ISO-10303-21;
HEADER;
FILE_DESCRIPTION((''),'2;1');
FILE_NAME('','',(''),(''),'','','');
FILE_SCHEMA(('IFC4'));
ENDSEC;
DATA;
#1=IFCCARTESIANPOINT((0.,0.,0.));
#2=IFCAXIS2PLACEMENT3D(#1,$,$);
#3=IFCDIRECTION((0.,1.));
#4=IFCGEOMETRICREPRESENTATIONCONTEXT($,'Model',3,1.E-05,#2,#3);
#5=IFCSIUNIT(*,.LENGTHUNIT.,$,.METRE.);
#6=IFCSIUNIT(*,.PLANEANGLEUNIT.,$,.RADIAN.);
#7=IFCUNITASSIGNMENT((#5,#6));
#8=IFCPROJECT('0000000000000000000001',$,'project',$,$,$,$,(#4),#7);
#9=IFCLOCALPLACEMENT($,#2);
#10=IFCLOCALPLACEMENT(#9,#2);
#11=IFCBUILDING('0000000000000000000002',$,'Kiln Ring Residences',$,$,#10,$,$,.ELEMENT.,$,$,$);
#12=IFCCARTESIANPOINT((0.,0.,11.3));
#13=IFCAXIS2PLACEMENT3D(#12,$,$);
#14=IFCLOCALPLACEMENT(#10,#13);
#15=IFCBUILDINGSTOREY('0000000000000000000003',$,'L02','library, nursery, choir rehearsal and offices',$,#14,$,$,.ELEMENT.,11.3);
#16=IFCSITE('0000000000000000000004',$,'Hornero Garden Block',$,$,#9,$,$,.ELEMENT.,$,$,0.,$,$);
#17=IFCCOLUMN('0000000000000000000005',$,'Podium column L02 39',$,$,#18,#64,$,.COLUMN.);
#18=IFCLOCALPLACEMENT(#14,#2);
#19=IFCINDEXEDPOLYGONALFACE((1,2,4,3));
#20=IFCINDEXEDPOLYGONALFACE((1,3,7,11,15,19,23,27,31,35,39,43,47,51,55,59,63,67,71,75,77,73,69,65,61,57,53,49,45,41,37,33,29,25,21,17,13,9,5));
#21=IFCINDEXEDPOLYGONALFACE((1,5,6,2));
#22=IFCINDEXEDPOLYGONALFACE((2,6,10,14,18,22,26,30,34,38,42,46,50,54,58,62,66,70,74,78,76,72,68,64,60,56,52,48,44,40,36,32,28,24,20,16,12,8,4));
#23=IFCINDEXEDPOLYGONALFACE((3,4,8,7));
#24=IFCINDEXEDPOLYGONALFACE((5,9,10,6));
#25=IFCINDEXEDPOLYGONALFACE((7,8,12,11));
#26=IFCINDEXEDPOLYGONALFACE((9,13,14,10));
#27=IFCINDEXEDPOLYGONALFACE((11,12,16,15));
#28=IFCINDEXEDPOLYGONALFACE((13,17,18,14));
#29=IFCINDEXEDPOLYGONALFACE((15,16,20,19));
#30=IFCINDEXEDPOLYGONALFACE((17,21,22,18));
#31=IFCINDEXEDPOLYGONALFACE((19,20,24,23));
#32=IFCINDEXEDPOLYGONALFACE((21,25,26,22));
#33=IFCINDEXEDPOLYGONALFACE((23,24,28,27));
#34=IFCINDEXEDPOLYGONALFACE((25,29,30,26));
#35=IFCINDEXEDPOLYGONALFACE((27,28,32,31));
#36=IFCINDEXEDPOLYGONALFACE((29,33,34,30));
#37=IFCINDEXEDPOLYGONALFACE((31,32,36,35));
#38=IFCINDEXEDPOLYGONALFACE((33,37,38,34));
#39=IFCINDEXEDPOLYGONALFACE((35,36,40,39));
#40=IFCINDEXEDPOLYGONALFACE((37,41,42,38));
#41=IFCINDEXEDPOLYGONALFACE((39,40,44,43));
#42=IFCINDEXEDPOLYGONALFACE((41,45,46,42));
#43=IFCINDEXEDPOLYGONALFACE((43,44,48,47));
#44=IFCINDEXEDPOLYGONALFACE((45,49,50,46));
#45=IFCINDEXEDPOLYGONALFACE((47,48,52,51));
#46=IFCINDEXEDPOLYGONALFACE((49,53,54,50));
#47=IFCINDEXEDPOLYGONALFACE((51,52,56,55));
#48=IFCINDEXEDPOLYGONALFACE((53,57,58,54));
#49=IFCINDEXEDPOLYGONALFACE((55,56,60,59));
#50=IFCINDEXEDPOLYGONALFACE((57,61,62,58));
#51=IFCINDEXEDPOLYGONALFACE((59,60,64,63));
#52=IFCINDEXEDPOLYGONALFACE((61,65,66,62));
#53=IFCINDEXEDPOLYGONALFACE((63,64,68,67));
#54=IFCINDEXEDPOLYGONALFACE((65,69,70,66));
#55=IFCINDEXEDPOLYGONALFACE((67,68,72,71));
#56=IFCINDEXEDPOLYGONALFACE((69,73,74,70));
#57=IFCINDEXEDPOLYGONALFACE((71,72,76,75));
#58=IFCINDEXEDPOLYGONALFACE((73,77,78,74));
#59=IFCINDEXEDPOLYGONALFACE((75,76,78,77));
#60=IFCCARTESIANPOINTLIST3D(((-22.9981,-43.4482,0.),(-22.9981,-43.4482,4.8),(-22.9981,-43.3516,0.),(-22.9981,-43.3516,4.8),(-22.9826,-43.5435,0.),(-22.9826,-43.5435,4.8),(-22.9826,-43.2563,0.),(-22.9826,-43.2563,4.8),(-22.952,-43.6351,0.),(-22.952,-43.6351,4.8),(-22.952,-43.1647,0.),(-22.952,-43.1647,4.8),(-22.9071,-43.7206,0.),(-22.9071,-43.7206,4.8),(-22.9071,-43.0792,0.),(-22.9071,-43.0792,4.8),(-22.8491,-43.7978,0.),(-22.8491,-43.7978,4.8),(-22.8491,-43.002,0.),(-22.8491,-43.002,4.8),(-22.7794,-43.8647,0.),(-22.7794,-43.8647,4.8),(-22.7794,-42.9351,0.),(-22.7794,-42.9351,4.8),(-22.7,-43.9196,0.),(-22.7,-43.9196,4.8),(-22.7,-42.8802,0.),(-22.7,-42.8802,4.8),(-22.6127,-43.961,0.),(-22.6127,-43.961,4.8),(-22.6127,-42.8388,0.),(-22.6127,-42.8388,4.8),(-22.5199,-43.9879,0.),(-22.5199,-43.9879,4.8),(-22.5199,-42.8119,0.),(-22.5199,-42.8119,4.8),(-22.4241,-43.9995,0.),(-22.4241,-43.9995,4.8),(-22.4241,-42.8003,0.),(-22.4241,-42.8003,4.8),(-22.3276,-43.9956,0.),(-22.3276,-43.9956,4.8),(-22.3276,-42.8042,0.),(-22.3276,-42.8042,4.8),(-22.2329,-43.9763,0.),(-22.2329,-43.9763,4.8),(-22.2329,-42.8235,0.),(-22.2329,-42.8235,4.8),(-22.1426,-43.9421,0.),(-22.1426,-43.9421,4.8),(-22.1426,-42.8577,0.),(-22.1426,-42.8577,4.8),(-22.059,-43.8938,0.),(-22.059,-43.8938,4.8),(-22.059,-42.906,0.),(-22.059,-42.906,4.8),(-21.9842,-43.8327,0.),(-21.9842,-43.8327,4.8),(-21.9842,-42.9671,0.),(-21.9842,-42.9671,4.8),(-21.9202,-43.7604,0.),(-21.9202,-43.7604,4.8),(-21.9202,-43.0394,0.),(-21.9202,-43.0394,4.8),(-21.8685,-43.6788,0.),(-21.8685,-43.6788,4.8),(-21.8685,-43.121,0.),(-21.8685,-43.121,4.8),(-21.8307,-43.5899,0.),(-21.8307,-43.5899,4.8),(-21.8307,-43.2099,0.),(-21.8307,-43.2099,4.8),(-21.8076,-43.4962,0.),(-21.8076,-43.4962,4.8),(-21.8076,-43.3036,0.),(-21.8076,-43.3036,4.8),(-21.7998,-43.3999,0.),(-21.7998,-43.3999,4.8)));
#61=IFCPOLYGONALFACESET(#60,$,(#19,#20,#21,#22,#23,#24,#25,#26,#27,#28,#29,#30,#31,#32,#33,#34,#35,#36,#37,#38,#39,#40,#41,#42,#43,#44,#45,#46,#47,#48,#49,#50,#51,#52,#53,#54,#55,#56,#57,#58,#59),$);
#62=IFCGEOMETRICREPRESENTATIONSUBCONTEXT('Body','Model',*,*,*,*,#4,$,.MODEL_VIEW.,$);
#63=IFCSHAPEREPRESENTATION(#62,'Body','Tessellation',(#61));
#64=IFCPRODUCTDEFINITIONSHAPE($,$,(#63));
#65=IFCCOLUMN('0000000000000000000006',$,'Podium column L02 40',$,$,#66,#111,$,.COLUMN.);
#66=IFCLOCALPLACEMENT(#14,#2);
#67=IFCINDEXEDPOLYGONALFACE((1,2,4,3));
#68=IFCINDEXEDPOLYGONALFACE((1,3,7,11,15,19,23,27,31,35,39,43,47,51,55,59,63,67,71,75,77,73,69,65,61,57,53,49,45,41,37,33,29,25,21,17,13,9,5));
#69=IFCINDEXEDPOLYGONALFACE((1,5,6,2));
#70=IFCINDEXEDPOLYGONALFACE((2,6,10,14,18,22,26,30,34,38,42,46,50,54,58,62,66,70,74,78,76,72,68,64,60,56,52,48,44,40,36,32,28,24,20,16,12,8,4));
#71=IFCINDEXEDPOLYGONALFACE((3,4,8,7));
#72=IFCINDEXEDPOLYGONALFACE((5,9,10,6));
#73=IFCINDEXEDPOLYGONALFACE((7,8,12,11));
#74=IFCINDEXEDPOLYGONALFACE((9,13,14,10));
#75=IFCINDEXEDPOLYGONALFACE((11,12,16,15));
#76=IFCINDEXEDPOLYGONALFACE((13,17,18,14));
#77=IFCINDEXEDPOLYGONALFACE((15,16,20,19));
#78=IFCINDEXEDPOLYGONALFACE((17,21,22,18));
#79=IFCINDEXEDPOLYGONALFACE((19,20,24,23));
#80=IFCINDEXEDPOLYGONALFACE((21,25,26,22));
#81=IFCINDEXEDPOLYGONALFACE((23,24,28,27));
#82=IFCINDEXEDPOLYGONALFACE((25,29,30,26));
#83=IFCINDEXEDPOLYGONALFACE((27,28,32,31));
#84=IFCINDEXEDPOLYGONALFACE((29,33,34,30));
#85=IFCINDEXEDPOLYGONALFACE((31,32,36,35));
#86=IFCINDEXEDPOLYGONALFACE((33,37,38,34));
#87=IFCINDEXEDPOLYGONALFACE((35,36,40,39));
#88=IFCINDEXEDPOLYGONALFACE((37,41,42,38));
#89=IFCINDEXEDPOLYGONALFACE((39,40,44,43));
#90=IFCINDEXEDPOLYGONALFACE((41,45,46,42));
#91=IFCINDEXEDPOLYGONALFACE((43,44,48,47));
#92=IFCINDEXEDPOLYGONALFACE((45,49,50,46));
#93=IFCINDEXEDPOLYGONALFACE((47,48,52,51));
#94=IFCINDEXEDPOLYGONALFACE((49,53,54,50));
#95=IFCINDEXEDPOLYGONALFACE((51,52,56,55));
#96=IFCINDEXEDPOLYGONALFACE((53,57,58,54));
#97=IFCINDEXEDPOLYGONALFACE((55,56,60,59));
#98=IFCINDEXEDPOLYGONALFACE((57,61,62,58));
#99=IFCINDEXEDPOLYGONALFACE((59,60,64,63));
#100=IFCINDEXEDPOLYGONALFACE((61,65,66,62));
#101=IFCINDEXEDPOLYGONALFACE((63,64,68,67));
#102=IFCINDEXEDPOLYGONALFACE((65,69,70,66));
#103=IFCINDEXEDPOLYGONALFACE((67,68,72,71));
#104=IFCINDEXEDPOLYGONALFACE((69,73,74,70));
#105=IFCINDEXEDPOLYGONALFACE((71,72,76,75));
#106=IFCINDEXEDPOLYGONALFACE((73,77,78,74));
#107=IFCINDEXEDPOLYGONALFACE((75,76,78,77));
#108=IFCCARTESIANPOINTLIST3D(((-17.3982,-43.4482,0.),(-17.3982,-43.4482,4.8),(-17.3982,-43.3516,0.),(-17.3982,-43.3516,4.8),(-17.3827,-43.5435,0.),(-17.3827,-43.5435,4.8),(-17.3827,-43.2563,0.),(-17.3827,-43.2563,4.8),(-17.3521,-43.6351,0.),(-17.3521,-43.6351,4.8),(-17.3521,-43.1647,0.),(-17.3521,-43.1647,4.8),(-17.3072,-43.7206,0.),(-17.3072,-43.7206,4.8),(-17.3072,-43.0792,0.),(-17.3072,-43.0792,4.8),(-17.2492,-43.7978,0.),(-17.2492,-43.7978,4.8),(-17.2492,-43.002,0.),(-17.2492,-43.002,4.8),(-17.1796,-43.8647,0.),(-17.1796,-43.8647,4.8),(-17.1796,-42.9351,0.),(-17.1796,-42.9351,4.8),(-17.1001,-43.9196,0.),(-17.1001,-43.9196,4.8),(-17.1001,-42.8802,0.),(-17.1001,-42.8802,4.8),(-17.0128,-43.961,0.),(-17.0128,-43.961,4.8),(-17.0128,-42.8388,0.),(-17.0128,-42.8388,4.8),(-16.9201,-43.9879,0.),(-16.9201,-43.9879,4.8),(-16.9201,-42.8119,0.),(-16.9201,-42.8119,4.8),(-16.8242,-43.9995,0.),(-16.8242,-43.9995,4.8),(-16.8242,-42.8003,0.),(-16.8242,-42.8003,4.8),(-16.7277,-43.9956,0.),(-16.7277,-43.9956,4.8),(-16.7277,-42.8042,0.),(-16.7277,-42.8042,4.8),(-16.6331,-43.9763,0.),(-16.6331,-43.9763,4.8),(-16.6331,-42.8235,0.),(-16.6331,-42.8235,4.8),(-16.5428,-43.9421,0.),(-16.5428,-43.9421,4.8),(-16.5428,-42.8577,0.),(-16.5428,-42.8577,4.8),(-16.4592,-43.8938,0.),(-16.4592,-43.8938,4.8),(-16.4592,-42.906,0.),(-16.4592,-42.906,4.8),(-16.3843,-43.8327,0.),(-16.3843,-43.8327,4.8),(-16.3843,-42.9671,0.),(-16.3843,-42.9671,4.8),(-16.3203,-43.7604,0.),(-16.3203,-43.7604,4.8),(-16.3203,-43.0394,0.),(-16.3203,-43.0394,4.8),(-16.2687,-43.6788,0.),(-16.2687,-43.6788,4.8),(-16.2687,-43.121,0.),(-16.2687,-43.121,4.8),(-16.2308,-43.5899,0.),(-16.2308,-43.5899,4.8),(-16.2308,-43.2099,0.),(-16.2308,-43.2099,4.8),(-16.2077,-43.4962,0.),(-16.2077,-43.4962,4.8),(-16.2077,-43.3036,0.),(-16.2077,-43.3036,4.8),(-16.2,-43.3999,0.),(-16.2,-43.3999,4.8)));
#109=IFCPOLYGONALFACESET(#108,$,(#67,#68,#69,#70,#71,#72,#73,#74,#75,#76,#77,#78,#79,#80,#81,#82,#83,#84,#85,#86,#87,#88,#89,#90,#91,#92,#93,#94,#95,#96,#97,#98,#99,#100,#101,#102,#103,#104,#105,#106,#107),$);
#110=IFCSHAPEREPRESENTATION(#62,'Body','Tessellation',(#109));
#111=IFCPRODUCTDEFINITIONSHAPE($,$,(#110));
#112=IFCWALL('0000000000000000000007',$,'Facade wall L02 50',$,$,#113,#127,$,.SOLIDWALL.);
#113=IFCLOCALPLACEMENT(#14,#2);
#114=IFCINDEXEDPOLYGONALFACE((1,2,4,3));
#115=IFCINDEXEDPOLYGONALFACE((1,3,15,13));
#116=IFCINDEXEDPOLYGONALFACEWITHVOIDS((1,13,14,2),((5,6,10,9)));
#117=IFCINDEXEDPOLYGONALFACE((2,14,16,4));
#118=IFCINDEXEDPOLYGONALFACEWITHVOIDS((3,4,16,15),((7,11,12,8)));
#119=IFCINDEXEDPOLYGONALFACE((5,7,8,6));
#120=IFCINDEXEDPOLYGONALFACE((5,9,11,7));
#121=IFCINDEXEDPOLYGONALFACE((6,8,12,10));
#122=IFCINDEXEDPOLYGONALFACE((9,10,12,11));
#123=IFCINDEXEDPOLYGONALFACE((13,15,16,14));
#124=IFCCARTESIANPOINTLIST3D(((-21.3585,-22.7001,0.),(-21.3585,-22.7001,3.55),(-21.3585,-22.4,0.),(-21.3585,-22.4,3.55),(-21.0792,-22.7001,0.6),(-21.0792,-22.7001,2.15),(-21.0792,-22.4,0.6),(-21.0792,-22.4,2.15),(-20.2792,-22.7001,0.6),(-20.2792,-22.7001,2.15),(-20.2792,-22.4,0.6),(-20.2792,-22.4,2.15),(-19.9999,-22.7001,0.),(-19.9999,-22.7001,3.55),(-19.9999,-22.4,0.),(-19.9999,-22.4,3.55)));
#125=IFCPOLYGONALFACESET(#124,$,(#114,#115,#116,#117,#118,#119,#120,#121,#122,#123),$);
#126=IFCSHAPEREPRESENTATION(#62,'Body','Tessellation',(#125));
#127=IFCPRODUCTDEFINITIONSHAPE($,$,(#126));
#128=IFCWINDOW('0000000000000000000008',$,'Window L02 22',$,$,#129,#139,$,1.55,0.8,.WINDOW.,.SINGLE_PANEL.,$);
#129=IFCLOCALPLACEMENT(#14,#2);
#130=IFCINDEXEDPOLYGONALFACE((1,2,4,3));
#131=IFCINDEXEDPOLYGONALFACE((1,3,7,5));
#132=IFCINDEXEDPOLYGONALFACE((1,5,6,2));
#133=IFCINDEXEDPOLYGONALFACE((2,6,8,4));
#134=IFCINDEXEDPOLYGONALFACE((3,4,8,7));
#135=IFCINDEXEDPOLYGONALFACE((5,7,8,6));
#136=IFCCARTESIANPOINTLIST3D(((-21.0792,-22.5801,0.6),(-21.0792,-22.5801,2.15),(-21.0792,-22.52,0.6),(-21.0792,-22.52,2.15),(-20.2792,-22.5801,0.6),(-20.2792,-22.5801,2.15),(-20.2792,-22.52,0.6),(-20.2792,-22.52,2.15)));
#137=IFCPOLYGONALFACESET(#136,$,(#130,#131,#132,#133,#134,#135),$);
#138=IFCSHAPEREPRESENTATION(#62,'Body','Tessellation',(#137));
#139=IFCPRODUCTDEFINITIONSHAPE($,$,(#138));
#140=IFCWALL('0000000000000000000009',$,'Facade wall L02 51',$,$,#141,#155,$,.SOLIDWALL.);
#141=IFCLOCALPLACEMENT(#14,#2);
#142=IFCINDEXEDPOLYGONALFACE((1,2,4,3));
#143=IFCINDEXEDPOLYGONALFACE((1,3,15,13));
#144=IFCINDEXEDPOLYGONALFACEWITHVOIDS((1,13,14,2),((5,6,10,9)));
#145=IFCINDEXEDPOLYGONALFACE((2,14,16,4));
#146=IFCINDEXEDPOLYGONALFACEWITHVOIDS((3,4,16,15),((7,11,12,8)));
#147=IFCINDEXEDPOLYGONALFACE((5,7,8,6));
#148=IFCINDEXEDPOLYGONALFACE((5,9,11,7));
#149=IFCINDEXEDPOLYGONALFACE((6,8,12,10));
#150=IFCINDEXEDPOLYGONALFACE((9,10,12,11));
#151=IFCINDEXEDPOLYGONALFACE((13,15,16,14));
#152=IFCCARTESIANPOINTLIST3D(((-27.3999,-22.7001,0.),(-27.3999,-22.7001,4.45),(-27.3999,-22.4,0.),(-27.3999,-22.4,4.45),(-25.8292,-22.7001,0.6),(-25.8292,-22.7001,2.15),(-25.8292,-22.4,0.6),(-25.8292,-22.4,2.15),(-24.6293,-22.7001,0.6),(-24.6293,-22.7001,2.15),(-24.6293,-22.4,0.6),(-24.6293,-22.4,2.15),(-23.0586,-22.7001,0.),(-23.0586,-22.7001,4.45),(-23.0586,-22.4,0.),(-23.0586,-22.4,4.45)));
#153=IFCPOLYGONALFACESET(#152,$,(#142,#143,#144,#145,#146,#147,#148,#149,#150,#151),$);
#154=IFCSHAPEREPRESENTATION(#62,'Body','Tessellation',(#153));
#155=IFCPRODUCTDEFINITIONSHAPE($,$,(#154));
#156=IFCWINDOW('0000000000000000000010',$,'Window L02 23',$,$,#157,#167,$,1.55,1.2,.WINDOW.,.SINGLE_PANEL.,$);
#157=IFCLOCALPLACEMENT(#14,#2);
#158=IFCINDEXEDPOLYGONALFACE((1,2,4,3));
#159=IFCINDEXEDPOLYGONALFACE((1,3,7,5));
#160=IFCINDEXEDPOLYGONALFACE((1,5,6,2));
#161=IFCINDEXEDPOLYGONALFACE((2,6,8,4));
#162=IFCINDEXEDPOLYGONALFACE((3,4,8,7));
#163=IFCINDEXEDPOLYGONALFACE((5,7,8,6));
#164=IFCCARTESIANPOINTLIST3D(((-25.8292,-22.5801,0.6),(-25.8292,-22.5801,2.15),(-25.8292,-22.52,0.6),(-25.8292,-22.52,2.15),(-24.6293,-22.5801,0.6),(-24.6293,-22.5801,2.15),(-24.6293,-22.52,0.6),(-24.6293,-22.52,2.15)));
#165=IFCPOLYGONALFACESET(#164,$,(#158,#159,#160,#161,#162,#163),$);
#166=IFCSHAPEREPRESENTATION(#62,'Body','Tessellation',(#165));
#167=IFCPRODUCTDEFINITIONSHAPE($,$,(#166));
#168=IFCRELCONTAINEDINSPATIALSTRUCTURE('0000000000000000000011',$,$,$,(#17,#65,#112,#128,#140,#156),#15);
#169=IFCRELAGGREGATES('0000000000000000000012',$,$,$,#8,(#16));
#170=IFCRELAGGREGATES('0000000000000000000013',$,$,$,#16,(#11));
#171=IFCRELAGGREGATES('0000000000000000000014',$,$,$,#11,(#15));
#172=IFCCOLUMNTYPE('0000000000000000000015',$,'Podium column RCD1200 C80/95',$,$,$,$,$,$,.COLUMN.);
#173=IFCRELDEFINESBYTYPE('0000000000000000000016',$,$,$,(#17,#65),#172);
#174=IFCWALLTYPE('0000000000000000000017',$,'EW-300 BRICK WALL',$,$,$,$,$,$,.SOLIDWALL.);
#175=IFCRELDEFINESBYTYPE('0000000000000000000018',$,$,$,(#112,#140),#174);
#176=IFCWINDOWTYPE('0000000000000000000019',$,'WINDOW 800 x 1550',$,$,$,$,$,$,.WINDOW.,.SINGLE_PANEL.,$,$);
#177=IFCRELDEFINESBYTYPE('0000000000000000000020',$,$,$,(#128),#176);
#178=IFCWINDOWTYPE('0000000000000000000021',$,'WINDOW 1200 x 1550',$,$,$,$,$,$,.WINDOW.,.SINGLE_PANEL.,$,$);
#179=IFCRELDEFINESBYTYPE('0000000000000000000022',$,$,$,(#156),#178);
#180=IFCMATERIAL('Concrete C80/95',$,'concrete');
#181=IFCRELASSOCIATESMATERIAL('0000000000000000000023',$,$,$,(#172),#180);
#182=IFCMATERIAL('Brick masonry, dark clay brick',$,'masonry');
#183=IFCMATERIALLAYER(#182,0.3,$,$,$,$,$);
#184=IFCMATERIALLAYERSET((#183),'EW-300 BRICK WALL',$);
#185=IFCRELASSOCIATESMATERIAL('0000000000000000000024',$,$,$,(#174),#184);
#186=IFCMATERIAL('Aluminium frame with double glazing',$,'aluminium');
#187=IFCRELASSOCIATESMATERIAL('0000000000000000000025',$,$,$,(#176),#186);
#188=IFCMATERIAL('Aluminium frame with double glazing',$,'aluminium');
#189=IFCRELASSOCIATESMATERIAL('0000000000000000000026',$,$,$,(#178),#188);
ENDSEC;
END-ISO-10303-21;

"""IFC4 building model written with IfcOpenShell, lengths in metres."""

from ifc_helpers import new_model, si_unit, direction, frame, frame_2d, origin, origin_2d, place, context, subcontext, project, spatial, rectangle, circle, extrude, material, layer, layer_set, material_profile, profile_set, type_object, element, fill, save


model = new_model("IFC4")

# Units and contexts
model_context = context("Model", 3, precision=1e-05, world=origin(), true_north=direction((0.0, 1.0)))
body_context = subcontext(model_context, "Body", "Model", "MODEL_VIEW")
ifc_project = project(units=[si_unit("LENGTHUNIT", "METRE"), si_unit("PLANEANGLEUNIT", "RADIAN")], contexts=[model_context])

# Site, building, storey
site_placement = place(None, origin())
site = spatial("IfcSite", under=ifc_project, at=site_placement, Name="Hornero Garden Block", CompositionType="ELEMENT", RefElevation=0.0)
building_placement = place(site_placement, origin())
building = spatial("IfcBuilding", under=site, at=building_placement, Name="Kiln Ring Residences", CompositionType="ELEMENT")
storey_placement = place(building_placement, frame((0.0, 0.0, 11.3)))
storey = spatial("IfcBuildingStorey", under=building, at=storey_placement, Name="L02", Description="library, nursery, choir rehearsal and offices", CompositionType="ELEMENT", Elevation=11.3)

# Columns
ifc_material_1 = material(Name="Concrete C80/95", Category="concrete")
ifc_material_profile_1 = material_profile(ifc_material_1, circle(Radius=0.6001, at=origin_2d()), Name="RCD1200")
ifc_profile_set_1 = profile_set([ifc_material_profile_1], Name="Concrete C80/95")
column_type_1 = type_object("IfcColumnType", Name="Podium column RCD1200 C80/95", PredefinedType="COLUMN", material=ifc_profile_set_1)
for number, where, z_axis, x_axis, name in (
    (1, (-22.3999, -43.3999, 0.0), (0.0, 0.0, 1.0), (1.0, 0.0, 0.0), "Podium column L02 39"),
    (2, (-16.8, -43.3999, 0.0), (0.0, 0.0, 1.0), (1.0, 0.0, 0.0), "Podium column L02 40"),
):
    element("IfcColumn", number, at=place(storey_placement, frame(where, z_axis=z_axis, x_axis=x_axis)), inside=storey, type_object=column_type_1, Name=name, PredefinedType="COLUMN", context=body_context, shape_type="SweptSolid", body=[
        extrude(circle(Radius=0.6001, at=origin_2d()), origin(), (0.0, 0.0, 1.0), 4.8),
    ])

# Walls, openings, windows
ifc_material_2 = material(Name="Brick masonry, dark clay brick", Category="masonry")
ifc_layer_1 = layer(ifc_material_2, 0.3)
ifc_layer_set_1 = layer_set([ifc_layer_1], Name="EW-300 BRICK WALL")
wall_type_1 = type_object("IfcWallType", Name="EW-300 BRICK WALL", PredefinedType="SOLIDWALL", material=ifc_layer_set_1)
wall_1_placement = place(storey_placement, frame((-20.0, -22.55, 0.0), z_axis=(0.0, 0.0, 1.0), x_axis=(-1.0, 0.0, 0.0)))
wall_1 = element("IfcWall", 3, at=wall_1_placement, inside=storey, type_object=wall_type_1, Name="Facade wall L02 50", PredefinedType="SOLIDWALL", context=body_context, shape_type="SweptSolid", body=[
    extrude(rectangle(XDim=1.3586, YDim=0.3, at=frame_2d((0.6792, 0.0))), origin(), (0.0, 0.0, 1.0), 3.55),
])
opening_1_placement = place(wall_1_placement, frame((0.2793, 0.0, 0.6001)))
opening_1 = element("IfcOpeningElement", 4, at=opening_1_placement, cuts=wall_1, PredefinedType="OPENING", context=body_context, shape_type="SweptSolid", body=[
    extrude(rectangle(XDim=0.8, YDim=1.55, at=frame_2d((0.3999, 0.7749))), frame((0.0, 0.1599, 0.0), z_axis=(0.0, -1.0, 0.0), x_axis=(1.0, 0.0, 0.0)), (0.0, 0.0, 1.0), 0.3201),
])
ifc_material_3 = material(Name="Aluminium frame with double glazing", Category="aluminium")
window_type_1 = type_object("IfcWindowType", Name="WINDOW 800 x 1550", PartitioningType="SINGLE_PANEL", PredefinedType="WINDOW", material=ifc_material_3)
window_1_placement = place(opening_1_placement, origin())
window_1 = element("IfcWindow", 5, at=window_1_placement, inside=storey, type_object=window_type_1, Name="Window L02 22", OverallHeight=1.55, OverallWidth=0.8, PartitioningType="SINGLE_PANEL", PredefinedType="WINDOW", context=body_context, shape_type="SweptSolid", body=[
    extrude(rectangle(XDim=0.8, YDim=1.55, at=frame_2d((0.3999, 0.7749))), frame((0.0, 0.03, 0.0), z_axis=(0.0, -1.0, 0.0), x_axis=(1.0, 0.0, 0.0)), (0.0, 0.0, 1.0), 0.0601),
])
fill(opening_1, window_1)
wall_2_placement = place(storey_placement, frame((-23.0586, -22.55, 0.0), z_axis=(0.0, 0.0, 1.0), x_axis=(-1.0, 0.0, 0.0)))
wall_2 = element("IfcWall", 6, at=wall_2_placement, inside=storey, type_object=wall_type_1, Name="Facade wall L02 51", PredefinedType="SOLIDWALL", context=body_context, shape_type="SweptSolid", body=[
    extrude(rectangle(XDim=4.3413, YDim=0.3, at=frame_2d((2.1707, 0.0))), origin(), (0.0, 0.0, 1.0), 4.45),
])
opening_2_placement = place(wall_2_placement, frame((1.5706, 0.0, 0.6001)))
opening_2 = element("IfcOpeningElement", 7, at=opening_2_placement, cuts=wall_2, PredefinedType="OPENING", context=body_context, shape_type="SweptSolid", body=[
    extrude(rectangle(XDim=1.2, YDim=1.55, at=frame_2d((0.6001, 0.7749))), frame((0.0, 0.1599, 0.0), z_axis=(0.0, -1.0, 0.0), x_axis=(1.0, 0.0, 0.0)), (0.0, 0.0, 1.0), 0.3201),
])
ifc_material_4 = material(Name="Aluminium frame with double glazing", Category="aluminium")
window_type_2 = type_object("IfcWindowType", Name="WINDOW 1200 x 1550", PartitioningType="SINGLE_PANEL", PredefinedType="WINDOW", material=ifc_material_4)
window_2_placement = place(opening_2_placement, origin())
window_2 = element("IfcWindow", 8, at=window_2_placement, inside=storey, type_object=window_type_2, Name="Window L02 23", OverallHeight=1.55, OverallWidth=1.2, PartitioningType="SINGLE_PANEL", PredefinedType="WINDOW", context=body_context, shape_type="SweptSolid", body=[
    extrude(rectangle(XDim=1.2, YDim=1.55, at=frame_2d((0.6001, 0.7749))), frame((0.0, 0.03, 0.0), z_axis=(0.0, -1.0, 0.0), x_axis=(1.0, 0.0, 0.0)), (0.0, 0.0, 1.0), 0.0601),
])
fill(opening_2, window_2)

save(model, "model.ifc")
